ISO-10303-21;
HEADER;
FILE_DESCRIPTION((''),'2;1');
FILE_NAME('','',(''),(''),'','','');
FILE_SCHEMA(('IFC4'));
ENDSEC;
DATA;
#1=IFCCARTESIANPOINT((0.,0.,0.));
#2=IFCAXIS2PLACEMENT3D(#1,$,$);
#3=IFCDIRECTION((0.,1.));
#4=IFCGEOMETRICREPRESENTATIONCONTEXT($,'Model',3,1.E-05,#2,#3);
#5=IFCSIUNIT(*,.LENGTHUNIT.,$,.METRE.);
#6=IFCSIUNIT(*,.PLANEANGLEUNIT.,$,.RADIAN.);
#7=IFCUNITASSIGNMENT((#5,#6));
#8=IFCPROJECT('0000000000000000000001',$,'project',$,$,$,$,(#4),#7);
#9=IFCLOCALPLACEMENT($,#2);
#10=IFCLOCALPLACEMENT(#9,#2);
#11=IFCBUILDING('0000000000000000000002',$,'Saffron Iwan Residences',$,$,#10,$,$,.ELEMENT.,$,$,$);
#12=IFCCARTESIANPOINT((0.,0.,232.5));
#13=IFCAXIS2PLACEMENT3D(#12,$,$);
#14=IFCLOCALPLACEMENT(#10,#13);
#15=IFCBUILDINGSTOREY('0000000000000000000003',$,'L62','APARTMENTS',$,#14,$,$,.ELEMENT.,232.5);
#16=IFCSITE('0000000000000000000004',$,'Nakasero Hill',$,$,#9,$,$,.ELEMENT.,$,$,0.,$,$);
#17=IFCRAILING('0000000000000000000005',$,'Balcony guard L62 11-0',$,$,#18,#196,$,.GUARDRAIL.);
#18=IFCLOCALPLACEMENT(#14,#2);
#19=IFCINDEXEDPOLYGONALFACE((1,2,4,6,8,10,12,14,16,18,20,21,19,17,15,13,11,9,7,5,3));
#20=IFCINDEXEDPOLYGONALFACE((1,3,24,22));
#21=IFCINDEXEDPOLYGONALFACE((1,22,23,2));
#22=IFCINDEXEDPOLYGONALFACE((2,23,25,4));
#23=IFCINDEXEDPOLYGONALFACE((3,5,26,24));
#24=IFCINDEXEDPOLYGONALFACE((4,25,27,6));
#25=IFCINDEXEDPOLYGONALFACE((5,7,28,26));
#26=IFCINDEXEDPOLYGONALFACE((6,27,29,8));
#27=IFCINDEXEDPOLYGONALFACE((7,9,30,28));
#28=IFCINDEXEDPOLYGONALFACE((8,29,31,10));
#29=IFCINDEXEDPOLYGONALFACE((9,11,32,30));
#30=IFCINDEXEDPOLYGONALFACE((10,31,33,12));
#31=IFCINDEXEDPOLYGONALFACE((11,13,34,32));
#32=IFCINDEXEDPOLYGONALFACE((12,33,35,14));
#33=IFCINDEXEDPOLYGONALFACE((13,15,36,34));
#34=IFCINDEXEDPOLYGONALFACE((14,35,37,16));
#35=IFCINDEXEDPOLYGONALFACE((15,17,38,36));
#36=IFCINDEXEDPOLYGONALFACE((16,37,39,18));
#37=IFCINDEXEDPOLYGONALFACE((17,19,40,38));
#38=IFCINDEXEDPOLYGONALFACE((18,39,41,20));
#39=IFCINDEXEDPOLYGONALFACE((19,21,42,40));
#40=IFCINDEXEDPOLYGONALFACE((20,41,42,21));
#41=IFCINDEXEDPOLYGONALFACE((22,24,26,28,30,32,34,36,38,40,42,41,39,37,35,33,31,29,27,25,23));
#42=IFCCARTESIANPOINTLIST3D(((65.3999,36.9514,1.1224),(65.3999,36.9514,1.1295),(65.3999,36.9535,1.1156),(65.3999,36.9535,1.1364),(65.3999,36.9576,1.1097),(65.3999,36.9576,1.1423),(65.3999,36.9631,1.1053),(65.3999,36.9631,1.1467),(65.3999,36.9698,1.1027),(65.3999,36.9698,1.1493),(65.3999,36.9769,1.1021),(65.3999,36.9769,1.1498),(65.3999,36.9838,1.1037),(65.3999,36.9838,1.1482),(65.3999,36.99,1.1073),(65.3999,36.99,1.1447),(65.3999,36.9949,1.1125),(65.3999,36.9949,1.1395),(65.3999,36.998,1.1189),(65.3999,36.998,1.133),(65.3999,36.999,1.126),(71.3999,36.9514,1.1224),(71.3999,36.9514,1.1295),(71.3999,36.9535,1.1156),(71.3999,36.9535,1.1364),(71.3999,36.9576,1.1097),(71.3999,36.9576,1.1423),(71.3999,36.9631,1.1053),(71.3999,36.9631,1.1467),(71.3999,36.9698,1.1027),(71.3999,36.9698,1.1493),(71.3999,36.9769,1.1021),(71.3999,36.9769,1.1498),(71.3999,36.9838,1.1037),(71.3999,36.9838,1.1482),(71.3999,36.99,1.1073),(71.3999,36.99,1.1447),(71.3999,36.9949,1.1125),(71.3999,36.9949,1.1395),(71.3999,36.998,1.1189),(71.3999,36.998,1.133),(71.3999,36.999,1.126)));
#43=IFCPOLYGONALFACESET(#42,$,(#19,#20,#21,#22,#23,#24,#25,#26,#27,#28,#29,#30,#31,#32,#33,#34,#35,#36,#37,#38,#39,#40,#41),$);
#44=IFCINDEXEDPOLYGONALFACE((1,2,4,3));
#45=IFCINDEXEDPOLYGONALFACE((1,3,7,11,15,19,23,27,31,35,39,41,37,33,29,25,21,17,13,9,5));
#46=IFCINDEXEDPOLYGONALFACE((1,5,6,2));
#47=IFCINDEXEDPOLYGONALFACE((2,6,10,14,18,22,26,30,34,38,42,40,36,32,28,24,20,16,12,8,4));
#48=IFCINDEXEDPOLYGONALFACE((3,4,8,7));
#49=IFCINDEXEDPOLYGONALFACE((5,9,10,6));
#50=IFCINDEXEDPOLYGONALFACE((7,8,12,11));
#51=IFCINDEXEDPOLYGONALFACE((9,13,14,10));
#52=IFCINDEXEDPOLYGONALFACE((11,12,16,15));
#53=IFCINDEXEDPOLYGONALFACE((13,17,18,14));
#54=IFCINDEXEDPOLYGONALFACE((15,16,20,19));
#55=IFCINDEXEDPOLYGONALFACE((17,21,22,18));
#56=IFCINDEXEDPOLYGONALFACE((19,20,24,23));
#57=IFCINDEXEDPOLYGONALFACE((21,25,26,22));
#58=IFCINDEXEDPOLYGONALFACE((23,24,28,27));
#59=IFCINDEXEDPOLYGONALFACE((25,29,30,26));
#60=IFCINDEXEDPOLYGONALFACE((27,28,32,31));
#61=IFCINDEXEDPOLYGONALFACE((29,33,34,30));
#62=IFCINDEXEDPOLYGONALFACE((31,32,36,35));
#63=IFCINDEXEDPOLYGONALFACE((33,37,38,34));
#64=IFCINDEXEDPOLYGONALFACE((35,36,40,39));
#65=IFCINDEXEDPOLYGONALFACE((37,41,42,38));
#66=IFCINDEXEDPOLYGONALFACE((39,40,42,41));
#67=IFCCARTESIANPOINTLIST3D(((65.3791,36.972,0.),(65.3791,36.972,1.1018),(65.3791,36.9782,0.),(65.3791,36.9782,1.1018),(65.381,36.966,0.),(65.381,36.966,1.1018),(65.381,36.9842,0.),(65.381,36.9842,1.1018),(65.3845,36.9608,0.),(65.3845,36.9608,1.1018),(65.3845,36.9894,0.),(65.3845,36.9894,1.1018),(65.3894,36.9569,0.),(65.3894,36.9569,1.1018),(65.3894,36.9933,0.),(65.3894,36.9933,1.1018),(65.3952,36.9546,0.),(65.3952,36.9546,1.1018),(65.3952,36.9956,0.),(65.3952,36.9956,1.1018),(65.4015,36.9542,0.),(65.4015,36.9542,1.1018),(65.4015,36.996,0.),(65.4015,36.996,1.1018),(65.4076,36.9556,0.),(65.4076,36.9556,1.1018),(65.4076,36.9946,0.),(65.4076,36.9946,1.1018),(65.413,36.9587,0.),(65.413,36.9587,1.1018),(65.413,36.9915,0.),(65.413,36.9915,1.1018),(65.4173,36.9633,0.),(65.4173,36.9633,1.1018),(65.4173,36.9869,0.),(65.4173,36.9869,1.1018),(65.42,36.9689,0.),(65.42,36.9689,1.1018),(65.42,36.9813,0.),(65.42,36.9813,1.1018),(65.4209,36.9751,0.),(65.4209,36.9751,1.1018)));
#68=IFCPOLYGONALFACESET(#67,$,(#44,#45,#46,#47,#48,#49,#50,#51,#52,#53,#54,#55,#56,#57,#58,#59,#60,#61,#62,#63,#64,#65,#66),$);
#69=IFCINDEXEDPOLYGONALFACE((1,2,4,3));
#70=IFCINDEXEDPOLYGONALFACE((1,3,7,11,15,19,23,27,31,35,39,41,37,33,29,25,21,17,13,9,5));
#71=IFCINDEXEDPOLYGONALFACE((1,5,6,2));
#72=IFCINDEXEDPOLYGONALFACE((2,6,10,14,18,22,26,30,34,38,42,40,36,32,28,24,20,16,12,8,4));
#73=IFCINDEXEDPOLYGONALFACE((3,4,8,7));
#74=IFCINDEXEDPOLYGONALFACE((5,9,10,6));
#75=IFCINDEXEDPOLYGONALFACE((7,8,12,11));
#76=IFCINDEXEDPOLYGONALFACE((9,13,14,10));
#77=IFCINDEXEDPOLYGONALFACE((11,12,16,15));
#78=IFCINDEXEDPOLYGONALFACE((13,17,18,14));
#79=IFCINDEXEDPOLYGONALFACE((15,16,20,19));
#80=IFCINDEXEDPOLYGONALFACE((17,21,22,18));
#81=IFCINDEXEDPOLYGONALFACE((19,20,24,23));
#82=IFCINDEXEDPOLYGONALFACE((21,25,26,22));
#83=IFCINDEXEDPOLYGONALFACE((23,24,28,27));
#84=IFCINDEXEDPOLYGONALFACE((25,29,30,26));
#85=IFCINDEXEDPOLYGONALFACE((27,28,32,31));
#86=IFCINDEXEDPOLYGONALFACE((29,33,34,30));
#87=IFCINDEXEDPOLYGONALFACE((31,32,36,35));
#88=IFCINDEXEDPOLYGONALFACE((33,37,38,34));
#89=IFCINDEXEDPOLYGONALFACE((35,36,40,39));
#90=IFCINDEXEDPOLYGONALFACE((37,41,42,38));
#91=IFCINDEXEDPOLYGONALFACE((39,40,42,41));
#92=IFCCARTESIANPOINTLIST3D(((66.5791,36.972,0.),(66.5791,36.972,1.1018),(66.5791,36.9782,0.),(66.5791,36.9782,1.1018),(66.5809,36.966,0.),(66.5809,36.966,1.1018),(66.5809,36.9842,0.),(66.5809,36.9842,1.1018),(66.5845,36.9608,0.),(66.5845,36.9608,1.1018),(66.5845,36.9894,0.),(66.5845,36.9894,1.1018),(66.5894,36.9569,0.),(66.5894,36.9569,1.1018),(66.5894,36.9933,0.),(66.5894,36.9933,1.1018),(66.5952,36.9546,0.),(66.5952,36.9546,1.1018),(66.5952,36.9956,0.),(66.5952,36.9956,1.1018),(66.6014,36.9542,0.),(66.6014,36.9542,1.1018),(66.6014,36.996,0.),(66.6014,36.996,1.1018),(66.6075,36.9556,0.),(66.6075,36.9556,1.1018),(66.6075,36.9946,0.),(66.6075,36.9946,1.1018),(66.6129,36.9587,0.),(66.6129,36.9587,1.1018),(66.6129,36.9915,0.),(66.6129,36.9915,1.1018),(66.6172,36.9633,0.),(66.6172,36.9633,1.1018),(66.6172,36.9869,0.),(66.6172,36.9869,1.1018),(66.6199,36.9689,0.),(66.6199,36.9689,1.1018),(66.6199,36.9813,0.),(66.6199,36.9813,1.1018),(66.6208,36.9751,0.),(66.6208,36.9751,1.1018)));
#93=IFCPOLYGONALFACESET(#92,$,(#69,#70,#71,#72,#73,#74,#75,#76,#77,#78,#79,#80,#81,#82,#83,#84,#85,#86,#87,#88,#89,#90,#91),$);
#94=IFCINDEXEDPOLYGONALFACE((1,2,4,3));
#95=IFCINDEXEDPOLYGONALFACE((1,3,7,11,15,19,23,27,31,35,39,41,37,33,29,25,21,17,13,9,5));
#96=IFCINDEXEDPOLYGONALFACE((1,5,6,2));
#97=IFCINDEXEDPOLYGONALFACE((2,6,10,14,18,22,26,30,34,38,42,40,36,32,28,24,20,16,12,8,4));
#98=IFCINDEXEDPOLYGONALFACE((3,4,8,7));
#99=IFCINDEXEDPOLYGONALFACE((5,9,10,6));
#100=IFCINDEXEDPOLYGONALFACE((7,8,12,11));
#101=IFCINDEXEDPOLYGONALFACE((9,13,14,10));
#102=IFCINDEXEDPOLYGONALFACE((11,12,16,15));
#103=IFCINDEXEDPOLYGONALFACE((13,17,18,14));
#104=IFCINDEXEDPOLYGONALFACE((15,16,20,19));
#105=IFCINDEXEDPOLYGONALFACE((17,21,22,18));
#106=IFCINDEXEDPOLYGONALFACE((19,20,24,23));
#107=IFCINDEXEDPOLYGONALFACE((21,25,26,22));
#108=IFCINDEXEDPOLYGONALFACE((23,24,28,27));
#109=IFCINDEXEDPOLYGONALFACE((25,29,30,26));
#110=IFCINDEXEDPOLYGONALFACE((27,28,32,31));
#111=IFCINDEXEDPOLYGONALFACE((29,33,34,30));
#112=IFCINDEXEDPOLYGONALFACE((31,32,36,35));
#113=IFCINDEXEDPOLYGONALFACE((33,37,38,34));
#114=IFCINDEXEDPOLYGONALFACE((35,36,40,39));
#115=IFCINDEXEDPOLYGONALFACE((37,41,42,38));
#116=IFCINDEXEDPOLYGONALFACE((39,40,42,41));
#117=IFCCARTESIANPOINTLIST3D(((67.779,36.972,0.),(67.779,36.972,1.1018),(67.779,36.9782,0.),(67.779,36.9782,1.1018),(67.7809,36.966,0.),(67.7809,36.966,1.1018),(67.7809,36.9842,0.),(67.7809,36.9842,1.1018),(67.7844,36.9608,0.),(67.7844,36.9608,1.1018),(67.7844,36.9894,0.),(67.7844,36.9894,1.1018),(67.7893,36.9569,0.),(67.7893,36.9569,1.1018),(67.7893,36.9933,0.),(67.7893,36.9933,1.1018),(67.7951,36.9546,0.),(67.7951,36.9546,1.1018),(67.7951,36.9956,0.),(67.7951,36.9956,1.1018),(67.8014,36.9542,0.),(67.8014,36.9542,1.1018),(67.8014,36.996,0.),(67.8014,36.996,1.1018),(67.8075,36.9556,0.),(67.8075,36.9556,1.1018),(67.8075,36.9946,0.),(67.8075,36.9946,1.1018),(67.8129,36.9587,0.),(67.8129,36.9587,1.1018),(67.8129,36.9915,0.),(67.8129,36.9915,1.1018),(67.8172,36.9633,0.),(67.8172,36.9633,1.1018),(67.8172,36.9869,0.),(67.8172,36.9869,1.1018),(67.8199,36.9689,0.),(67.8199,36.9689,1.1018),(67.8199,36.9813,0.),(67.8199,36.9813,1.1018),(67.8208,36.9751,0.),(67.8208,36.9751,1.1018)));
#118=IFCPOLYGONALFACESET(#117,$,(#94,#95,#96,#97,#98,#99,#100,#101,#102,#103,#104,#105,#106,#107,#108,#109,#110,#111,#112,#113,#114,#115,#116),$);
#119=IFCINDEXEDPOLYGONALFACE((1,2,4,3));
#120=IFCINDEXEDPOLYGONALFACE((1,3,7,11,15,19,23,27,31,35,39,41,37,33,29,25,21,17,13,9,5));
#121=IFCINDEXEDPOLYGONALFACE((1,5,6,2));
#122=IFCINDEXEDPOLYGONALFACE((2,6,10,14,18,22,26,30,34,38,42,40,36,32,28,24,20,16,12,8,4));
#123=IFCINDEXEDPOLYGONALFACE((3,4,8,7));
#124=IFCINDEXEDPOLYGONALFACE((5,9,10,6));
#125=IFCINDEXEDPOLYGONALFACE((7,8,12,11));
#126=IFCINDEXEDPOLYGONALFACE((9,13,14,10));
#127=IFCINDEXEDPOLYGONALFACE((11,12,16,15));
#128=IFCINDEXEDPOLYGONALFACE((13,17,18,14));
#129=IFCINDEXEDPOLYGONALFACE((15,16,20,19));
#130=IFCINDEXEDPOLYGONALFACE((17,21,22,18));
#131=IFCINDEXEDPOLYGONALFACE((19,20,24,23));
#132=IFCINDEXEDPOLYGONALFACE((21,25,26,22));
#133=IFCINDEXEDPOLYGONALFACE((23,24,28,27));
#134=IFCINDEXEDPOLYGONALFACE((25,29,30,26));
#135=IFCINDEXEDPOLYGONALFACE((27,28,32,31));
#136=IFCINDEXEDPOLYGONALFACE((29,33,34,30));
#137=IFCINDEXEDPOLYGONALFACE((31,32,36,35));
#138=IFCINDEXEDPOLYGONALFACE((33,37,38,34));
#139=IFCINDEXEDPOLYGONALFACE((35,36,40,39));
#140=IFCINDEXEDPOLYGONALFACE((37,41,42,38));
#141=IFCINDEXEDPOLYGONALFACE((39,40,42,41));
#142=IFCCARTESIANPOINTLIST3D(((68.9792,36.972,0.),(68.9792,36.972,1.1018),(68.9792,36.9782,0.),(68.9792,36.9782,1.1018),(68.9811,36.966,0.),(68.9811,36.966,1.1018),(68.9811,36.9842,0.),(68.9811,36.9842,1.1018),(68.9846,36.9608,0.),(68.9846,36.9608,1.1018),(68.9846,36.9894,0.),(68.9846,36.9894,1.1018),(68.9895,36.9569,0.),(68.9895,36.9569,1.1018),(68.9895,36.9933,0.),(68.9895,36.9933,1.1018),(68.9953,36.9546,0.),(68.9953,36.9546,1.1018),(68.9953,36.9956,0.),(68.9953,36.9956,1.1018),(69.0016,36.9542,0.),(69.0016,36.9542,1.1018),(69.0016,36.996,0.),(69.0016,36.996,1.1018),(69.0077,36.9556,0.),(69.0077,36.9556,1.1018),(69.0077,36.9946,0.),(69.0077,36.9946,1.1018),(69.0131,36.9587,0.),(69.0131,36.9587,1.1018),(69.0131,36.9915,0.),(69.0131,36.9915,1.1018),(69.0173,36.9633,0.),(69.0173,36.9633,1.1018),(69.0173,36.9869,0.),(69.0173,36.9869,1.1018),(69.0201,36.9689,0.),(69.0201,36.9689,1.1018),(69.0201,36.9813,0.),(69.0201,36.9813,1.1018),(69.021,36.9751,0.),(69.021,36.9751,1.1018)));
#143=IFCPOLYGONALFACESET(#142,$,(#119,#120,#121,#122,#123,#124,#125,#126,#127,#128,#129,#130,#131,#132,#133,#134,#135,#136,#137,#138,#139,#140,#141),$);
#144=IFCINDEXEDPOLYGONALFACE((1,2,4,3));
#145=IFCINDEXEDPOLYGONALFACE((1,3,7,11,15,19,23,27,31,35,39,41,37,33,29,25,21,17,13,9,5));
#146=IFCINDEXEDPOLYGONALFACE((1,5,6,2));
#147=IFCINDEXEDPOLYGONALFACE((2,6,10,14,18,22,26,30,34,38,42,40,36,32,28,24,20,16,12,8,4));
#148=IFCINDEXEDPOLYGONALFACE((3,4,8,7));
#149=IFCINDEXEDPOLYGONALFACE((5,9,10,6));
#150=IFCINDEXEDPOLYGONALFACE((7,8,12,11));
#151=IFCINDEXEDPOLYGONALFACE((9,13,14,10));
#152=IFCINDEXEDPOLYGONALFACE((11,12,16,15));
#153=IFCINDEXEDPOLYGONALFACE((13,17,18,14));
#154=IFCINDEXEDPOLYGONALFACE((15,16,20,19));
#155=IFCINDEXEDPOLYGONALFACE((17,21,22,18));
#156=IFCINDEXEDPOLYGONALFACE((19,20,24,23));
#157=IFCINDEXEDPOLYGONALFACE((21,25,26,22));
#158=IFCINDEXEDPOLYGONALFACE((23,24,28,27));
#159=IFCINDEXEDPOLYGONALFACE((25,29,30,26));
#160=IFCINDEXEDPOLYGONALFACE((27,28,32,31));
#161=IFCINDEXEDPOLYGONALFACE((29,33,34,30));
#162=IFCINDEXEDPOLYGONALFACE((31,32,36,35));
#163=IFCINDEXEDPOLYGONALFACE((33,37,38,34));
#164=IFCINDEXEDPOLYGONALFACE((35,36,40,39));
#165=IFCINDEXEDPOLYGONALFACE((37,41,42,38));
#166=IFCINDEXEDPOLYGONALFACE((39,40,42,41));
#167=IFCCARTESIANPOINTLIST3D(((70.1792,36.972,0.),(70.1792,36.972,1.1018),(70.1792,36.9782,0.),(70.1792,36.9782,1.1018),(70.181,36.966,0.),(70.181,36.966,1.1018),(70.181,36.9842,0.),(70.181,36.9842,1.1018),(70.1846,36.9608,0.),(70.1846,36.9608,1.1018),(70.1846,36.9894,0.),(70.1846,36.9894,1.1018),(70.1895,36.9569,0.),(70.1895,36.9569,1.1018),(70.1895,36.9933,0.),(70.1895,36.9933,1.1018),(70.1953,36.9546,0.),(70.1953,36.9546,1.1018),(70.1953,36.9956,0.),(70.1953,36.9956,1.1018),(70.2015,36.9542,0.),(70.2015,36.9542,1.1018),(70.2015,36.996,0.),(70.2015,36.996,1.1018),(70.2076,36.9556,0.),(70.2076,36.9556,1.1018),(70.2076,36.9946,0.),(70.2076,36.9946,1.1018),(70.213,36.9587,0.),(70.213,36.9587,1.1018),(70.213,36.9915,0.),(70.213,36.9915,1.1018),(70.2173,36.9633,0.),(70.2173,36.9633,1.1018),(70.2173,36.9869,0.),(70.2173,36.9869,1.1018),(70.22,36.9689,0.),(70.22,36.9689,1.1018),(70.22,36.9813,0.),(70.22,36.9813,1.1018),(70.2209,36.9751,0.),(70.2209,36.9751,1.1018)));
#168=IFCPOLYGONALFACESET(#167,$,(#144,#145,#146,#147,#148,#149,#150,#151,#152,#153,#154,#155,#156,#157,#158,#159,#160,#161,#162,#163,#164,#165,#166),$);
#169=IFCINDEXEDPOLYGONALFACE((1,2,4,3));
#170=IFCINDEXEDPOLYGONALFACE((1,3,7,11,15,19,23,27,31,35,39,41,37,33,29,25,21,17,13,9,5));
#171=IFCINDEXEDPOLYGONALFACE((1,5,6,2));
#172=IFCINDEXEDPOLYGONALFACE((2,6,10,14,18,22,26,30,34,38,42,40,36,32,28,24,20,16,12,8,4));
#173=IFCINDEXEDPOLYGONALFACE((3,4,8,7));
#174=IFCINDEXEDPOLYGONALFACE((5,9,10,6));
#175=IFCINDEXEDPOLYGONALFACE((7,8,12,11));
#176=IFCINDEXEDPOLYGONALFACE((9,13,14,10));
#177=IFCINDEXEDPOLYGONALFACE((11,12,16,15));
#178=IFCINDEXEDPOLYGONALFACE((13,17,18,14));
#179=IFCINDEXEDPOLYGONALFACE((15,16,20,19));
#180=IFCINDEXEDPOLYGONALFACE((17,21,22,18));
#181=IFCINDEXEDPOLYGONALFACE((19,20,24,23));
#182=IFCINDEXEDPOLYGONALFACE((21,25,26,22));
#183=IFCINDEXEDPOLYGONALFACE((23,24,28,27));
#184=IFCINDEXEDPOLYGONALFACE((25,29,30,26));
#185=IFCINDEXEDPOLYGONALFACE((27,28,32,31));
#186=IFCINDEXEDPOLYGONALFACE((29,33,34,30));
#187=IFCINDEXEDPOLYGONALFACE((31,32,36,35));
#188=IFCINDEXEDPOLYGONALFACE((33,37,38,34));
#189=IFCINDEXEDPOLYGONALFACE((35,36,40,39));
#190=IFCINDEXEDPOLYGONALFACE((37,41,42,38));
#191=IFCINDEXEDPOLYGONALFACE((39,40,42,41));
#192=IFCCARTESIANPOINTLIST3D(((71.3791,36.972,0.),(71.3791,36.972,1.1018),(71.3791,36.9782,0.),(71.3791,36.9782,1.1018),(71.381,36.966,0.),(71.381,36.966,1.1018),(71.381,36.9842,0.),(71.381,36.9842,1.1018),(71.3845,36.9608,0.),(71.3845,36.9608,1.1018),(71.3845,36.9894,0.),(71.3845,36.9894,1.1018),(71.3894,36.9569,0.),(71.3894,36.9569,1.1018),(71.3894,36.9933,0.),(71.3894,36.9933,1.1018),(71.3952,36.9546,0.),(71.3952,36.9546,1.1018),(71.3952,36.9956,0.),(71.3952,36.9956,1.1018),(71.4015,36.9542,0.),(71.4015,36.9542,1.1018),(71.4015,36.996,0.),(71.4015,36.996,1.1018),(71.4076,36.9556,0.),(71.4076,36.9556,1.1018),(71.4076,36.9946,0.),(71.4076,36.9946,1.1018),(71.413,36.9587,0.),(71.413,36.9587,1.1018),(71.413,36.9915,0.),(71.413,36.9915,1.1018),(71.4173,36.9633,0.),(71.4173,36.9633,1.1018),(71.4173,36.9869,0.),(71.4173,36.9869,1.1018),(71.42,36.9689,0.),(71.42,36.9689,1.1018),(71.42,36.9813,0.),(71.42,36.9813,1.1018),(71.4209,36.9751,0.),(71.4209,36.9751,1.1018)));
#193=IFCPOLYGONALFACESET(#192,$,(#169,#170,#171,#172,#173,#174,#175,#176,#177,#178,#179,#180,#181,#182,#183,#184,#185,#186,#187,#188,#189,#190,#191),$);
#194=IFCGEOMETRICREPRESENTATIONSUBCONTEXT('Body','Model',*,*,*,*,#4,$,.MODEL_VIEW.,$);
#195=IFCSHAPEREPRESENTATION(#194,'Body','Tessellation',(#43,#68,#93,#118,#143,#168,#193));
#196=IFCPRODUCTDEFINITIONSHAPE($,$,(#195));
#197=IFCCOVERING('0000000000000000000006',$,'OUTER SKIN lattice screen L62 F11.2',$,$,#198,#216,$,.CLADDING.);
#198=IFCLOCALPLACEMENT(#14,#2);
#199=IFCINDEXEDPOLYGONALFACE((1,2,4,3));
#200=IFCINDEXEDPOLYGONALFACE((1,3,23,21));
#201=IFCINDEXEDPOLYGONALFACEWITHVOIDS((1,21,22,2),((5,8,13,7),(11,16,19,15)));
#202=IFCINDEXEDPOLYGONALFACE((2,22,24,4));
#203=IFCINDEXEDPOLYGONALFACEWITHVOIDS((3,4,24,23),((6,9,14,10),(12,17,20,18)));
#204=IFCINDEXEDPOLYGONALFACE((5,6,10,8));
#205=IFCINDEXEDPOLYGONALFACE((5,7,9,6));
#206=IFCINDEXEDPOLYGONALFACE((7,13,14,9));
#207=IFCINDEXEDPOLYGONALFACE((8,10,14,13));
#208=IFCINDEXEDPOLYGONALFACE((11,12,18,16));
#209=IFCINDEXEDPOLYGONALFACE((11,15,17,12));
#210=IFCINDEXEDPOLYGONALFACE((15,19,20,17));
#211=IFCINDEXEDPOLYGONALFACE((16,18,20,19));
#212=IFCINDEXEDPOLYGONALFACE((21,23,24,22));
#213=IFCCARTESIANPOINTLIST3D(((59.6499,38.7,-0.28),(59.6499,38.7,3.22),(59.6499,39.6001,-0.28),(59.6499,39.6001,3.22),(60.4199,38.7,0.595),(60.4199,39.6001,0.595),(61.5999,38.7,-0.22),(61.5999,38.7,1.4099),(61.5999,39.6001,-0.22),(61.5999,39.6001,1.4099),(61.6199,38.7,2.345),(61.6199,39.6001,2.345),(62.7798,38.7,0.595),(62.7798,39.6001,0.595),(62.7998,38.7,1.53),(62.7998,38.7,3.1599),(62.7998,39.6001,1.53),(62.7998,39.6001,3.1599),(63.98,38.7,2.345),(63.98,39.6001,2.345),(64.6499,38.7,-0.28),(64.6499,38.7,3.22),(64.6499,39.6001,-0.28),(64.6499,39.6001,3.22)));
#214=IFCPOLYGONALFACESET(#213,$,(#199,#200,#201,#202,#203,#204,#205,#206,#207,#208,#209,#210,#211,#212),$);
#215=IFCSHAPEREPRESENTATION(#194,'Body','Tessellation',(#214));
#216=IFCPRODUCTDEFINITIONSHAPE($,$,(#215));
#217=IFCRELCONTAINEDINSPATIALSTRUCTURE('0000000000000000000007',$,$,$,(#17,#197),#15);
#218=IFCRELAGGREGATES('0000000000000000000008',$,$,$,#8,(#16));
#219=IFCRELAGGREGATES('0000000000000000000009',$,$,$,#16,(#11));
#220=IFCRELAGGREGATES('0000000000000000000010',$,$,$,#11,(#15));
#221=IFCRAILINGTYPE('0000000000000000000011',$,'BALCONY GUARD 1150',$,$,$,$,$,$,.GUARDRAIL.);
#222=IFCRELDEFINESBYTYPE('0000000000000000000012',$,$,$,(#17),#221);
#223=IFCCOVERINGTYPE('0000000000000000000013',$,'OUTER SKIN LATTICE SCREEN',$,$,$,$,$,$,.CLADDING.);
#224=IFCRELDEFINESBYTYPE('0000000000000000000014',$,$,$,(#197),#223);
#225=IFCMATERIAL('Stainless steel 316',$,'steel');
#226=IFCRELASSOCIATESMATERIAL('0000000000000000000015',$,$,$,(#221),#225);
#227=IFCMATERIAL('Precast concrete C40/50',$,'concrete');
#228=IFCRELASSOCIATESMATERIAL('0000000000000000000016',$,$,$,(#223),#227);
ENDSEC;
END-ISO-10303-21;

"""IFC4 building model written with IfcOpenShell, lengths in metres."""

from ifc_helpers import new_model, si_unit, direction, frame, origin, origin_2d, place, context, subcontext, project, spatial, polyline, circle, outline, extrude, material, type_object, element, save


model = new_model("IFC4")

# Units and contexts
model_context = context("Model", 3, precision=1e-05, world=origin(), true_north=direction((0.0, 1.0)))
body_context = subcontext(model_context, "Body", "Model", "MODEL_VIEW")
ifc_project = project(units=[si_unit("LENGTHUNIT", "METRE"), si_unit("PLANEANGLEUNIT", "RADIAN")], contexts=[model_context])

# Site, building, storey
site_placement = place(None, origin())
site = spatial("IfcSite", under=ifc_project, at=site_placement, Name="Nakasero Hill", CompositionType="ELEMENT", RefElevation=0.0)
building_placement = place(site_placement, origin())
building = spatial("IfcBuilding", under=site, at=building_placement, Name="Saffron Iwan Residences", CompositionType="ELEMENT")
storey_placement = place(building_placement, frame((0.0, 0.0, 232.5)))
storey = spatial("IfcBuildingStorey", under=building, at=storey_placement, Name="L62", Description="APARTMENTS", CompositionType="ELEMENT", Elevation=232.5)

# Railing
ifc_material_1 = material(Name="Stainless steel 316", Category="steel")
railing_type = type_object("IfcRailingType", Name="BALCONY GUARD 1150", PredefinedType="GUARDRAIL", material=ifc_material_1)
railing_placement = place(storey_placement, frame((65.3999, 36.9751, 0.0)))
element("IfcRailing", 1, at=railing_placement, inside=storey, type_object=railing_type, Name="Balcony guard L62 11-0", PredefinedType="GUARDRAIL", context=body_context, shape_type="SweptSolid", body=[
    extrude(circle(Radius=0.0239, at=origin_2d()), frame((0.0, 0.0, 1.126), z_axis=(1.0, 0.0, 0.0), x_axis=(0.0, 1.0, 0.0)), (0.0, 0.0, 1.0), 6.0),
    extrude(circle(Radius=0.021, at=origin_2d()), origin(), (0.0, 0.0, 1.0), 1.1018),
    extrude(circle(Radius=0.021, at=origin_2d()), frame((1.2, 0.0, 0.0)), (0.0, 0.0, 1.0), 1.1018),
    extrude(circle(Radius=0.021, at=origin_2d()), frame((2.3999, 0.0, 0.0)), (0.0, 0.0, 1.0), 1.1018),
    extrude(circle(Radius=0.021, at=origin_2d()), frame((3.6001, 0.0, 0.0)), (0.0, 0.0, 1.0), 1.1018),
    extrude(circle(Radius=0.021, at=origin_2d()), frame((4.8, 0.0, 0.0)), (0.0, 0.0, 1.0), 1.1018),
    extrude(circle(Radius=0.021, at=origin_2d()), frame((6.0, 0.0, 0.0)), (0.0, 0.0, 1.0), 1.1018),
])

# Covering
ifc_material_2 = material(Name="Precast concrete C40/50", Category="concrete")
covering_type = type_object("IfcCoveringType", Name="OUTER SKIN LATTICE SCREEN", PredefinedType="CLADDING", material=ifc_material_2)
covering_placement = place(storey_placement, frame((59.6499, 39.6001, -0.28), z_axis=(0.0, -1.0, 0.0), x_axis=(1.0, 0.0, 0.0)))
element("IfcCovering", 2, at=covering_placement, inside=storey, type_object=covering_type, Name="OUTER SKIN lattice screen L62 F11.2", PredefinedType="CLADDING", context=body_context, shape_type="SweptSolid", body=[
    extrude(outline(polyline([(0.0, 0.0), (5.0, 0.0), (5.0, 3.5), (0.0, 3.5), (0.0, 0.0)]), holes=[polyline([(0.77, 0.875), (1.95, 0.0601), (3.1299, 0.875), (1.95, 1.6899), (0.77, 0.875)]), polyline([(1.97, 2.625), (3.1499, 1.8101), (4.3301, 2.625), (3.1499, 3.4399), (1.97, 2.625)])]), origin(), (0.0, 0.0, 1.0), 0.9001),
])

save(model, "model.ifc")
